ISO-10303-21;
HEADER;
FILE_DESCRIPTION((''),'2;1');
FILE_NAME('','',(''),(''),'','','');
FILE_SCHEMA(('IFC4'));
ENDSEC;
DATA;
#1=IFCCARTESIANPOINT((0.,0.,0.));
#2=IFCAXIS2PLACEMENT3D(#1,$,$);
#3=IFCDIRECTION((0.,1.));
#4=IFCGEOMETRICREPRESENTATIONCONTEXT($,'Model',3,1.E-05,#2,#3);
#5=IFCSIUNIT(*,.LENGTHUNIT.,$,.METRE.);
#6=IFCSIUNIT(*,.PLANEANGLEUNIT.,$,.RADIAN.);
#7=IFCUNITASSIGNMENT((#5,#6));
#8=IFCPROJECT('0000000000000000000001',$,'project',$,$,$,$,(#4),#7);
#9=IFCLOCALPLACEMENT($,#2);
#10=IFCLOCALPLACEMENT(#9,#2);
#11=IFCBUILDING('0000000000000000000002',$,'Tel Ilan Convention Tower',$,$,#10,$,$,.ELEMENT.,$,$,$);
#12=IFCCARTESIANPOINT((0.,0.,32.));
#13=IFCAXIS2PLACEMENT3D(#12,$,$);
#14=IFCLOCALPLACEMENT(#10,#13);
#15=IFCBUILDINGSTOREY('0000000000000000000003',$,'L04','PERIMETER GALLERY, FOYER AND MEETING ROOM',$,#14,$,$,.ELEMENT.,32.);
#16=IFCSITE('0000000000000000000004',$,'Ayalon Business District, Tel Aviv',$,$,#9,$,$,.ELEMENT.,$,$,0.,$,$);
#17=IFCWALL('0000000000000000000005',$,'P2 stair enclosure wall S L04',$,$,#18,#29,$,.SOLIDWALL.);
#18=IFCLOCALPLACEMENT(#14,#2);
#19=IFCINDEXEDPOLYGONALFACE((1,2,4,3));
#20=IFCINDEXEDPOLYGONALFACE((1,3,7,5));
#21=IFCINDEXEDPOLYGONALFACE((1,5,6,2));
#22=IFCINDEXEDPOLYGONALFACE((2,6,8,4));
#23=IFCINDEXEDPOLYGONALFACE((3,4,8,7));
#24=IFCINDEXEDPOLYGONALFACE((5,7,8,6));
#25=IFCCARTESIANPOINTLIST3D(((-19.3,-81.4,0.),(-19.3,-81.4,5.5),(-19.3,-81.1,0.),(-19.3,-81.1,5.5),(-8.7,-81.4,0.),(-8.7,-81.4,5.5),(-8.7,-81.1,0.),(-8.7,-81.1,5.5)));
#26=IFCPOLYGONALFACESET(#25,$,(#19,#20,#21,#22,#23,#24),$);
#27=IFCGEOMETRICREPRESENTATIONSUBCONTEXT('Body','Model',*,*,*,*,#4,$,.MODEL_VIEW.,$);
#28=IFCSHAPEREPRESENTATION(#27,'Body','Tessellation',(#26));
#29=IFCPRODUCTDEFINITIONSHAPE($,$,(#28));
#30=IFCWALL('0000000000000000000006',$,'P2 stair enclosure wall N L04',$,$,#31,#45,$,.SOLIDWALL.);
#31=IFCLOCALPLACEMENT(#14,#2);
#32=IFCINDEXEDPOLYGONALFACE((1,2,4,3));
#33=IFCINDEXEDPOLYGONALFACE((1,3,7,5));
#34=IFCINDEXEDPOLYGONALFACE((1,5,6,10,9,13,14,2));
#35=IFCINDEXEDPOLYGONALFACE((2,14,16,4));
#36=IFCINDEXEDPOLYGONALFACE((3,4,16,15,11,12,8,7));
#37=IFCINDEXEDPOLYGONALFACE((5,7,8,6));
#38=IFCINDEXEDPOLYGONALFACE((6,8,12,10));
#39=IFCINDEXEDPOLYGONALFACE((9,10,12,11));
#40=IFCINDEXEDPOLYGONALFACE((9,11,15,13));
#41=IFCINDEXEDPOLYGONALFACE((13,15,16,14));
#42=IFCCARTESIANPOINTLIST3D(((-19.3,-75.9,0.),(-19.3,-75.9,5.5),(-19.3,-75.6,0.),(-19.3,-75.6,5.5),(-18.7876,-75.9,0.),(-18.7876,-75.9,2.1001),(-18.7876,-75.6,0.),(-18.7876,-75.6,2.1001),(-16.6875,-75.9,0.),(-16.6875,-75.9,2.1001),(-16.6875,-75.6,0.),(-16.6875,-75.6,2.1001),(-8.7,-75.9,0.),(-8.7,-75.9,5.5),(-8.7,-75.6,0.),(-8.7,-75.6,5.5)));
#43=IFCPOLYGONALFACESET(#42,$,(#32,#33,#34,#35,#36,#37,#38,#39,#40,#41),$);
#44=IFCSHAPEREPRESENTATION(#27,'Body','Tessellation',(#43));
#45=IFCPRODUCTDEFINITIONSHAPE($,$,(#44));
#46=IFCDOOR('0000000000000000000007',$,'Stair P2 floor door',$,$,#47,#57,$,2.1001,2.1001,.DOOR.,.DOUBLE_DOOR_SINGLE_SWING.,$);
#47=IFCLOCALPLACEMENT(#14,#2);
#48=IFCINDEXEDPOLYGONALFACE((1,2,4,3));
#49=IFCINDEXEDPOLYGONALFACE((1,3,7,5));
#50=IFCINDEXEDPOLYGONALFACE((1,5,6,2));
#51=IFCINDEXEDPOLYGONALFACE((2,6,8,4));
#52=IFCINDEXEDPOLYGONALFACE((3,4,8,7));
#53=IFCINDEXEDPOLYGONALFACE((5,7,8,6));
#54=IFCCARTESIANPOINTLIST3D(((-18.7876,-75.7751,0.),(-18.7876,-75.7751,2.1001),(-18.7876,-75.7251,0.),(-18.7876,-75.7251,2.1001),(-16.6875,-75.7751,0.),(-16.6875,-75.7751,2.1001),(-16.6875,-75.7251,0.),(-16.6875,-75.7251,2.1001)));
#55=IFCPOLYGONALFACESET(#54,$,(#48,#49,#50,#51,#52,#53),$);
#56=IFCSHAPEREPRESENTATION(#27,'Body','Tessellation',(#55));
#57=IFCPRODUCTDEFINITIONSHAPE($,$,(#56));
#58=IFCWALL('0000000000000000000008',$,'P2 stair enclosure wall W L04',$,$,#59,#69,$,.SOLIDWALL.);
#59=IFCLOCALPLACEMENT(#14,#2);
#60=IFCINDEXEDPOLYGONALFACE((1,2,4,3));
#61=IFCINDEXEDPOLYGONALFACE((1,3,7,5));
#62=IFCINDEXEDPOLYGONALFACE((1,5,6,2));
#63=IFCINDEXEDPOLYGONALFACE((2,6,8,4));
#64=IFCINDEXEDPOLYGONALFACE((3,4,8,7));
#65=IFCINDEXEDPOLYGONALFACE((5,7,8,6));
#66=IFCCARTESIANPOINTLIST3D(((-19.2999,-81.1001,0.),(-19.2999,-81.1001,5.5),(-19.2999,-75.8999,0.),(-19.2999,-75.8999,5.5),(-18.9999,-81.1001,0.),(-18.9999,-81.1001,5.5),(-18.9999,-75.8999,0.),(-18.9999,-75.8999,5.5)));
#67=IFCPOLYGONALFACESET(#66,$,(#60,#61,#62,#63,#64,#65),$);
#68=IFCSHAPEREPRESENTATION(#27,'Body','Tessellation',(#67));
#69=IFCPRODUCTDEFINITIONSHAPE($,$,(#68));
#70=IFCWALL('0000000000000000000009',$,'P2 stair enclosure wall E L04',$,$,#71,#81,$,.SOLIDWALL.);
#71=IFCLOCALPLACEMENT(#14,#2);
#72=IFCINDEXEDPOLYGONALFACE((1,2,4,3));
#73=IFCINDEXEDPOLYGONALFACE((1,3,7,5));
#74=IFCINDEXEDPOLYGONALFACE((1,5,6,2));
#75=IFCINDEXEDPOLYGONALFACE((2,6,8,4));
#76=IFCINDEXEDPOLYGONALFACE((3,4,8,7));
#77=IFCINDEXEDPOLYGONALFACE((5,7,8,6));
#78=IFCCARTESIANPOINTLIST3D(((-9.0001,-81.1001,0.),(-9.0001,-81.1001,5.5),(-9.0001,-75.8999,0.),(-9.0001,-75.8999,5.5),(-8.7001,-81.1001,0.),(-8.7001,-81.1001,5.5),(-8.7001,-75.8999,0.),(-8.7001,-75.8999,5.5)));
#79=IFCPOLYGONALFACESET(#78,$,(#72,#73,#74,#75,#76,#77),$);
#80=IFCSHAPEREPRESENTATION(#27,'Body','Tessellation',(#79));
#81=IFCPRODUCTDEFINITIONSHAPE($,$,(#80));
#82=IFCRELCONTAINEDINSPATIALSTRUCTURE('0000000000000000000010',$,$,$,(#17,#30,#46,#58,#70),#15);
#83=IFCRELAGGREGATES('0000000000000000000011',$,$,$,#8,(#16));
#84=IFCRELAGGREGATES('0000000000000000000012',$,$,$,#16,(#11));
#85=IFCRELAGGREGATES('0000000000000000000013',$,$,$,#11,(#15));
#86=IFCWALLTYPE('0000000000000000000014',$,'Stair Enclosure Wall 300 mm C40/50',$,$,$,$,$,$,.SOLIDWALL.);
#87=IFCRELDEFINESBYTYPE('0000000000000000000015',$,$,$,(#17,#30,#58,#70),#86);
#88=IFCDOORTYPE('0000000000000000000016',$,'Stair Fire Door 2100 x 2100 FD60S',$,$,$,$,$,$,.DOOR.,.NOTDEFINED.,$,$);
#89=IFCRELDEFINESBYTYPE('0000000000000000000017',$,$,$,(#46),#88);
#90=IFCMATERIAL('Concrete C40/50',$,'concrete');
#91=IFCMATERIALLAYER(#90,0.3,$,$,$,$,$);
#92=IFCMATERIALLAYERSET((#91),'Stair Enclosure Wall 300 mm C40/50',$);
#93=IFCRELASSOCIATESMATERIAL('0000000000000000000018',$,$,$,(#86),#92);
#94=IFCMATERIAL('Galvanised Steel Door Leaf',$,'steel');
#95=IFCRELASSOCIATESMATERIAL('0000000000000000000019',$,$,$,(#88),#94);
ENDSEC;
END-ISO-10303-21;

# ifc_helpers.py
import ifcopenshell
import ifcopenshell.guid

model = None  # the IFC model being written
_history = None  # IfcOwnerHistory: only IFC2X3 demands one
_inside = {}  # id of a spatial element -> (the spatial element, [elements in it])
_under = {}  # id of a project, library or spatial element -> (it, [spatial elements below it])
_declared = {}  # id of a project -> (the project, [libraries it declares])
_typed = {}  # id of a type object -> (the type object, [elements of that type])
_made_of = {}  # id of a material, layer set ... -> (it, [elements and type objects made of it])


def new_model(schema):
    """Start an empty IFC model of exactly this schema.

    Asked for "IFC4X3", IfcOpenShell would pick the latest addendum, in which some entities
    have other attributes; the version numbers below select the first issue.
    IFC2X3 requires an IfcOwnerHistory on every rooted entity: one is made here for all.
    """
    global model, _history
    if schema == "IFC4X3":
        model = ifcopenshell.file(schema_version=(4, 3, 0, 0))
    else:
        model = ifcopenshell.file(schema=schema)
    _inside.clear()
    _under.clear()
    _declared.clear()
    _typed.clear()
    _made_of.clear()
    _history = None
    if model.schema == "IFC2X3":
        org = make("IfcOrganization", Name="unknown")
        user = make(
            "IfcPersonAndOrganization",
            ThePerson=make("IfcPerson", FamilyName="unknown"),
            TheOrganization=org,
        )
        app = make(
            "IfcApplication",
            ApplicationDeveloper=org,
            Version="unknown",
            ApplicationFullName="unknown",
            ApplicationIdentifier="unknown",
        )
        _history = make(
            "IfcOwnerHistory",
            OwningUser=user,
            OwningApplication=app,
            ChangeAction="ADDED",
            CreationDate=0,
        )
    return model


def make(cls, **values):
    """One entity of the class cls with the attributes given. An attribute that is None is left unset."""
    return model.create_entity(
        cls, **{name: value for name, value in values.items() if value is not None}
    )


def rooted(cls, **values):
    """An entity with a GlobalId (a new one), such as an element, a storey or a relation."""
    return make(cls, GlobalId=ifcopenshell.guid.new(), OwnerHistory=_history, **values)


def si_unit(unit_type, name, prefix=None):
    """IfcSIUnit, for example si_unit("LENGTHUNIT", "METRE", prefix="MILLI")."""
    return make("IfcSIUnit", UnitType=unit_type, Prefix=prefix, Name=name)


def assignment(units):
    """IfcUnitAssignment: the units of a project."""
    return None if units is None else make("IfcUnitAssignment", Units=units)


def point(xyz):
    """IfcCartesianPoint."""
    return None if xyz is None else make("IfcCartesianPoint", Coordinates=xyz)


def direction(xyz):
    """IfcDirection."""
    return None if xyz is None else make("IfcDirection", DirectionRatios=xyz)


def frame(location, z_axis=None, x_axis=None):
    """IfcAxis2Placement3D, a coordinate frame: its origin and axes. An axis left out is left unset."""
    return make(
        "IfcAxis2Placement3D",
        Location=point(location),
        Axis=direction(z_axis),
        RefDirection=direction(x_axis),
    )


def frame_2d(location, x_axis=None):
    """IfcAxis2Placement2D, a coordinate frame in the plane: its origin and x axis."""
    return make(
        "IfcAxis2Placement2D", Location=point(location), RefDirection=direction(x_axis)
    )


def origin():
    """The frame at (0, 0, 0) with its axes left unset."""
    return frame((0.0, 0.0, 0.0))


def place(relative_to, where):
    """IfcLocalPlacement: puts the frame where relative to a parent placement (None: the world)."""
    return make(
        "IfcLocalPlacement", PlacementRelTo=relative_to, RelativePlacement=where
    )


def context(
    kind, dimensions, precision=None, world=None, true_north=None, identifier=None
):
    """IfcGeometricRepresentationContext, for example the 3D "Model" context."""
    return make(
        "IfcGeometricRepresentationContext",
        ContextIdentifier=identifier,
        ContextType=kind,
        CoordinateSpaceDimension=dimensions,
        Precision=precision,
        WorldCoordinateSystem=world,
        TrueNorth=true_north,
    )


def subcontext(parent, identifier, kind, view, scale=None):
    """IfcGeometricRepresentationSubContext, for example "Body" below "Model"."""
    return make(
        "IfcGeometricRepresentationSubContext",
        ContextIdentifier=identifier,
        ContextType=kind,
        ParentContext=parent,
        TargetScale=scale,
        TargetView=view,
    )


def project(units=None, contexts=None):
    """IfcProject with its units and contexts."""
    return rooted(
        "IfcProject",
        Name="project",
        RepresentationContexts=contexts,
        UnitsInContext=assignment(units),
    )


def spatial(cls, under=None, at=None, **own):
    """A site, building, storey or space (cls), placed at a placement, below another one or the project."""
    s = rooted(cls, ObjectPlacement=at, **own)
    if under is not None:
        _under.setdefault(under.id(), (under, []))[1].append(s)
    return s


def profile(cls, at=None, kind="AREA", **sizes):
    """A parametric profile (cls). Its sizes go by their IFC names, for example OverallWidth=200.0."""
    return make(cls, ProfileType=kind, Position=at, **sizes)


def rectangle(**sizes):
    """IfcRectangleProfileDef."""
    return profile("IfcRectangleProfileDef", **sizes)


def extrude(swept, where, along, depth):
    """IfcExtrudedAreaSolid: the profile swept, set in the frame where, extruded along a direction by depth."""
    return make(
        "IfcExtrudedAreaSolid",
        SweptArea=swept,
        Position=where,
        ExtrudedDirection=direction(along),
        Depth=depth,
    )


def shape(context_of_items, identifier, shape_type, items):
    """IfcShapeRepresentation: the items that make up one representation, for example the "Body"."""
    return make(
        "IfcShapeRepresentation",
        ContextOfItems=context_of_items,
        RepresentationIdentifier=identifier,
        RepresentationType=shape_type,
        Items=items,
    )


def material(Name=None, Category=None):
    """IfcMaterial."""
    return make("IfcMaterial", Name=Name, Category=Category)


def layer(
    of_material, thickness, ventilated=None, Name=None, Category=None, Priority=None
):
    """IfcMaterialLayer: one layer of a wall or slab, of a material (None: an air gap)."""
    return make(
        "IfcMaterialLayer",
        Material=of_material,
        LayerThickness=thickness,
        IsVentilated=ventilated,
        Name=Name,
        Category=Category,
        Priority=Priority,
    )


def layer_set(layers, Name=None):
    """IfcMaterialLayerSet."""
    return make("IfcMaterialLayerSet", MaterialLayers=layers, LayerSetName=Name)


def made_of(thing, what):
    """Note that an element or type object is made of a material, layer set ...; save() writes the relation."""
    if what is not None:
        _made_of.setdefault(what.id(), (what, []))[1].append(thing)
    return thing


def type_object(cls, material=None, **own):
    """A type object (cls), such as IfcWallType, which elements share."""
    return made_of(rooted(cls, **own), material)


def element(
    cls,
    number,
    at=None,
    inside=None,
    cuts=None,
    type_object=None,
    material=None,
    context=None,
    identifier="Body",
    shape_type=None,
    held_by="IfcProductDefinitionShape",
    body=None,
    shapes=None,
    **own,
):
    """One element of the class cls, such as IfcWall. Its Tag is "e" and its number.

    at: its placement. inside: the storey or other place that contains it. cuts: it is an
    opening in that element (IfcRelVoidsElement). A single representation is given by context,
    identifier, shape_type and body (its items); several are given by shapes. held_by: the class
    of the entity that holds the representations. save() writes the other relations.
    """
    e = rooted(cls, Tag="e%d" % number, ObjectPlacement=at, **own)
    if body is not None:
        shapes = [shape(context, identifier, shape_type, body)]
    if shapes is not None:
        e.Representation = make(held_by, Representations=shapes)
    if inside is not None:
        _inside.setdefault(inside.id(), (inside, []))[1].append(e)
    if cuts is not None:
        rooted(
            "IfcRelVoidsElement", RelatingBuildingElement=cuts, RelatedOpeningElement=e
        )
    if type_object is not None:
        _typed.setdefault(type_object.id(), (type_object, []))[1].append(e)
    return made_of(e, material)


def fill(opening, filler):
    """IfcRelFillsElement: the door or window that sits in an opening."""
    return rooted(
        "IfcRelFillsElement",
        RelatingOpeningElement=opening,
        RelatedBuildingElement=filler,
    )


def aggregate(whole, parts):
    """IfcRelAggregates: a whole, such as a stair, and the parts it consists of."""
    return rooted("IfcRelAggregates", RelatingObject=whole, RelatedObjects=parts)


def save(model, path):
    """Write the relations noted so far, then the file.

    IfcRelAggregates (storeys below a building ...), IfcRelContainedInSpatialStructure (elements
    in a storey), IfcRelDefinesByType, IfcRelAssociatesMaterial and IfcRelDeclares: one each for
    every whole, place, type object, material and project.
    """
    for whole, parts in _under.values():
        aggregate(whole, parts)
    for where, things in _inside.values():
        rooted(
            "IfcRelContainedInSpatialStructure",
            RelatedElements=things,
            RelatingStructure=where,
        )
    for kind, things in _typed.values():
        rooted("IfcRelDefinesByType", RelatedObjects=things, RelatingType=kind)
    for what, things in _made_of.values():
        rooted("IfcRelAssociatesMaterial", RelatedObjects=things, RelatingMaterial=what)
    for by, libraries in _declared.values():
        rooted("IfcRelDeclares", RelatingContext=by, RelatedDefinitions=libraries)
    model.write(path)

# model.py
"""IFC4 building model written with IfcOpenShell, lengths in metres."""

from ifc_helpers import new_model, si_unit, direction, frame, frame_2d, origin, place, context, subcontext, project, spatial, rectangle, extrude, material, layer, layer_set, type_object, element, fill, save


model = new_model("IFC4")

# Units and contexts
model_context = context("Model", 3, precision=1e-05, world=origin(), true_north=direction((0.0, 1.0)))
body_context = subcontext(model_context, "Body", "Model", "MODEL_VIEW")
ifc_project = project(units=[si_unit("LENGTHUNIT", "METRE"), si_unit("PLANEANGLEUNIT", "RADIAN")], contexts=[model_context])

# Site, building, storey
site_placement = place(None, origin())
site = spatial("IfcSite", under=ifc_project, at=site_placement, Name="Ayalon Business District, Tel Aviv", CompositionType="ELEMENT", RefElevation=0.0)
building_placement = place(site_placement, origin())
building = spatial("IfcBuilding", under=site, at=building_placement, Name="Tel Ilan Convention Tower", CompositionType="ELEMENT")
storey_placement = place(building_placement, frame((0.0, 0.0, 32.0)))
storey = spatial("IfcBuildingStorey", under=building, at=storey_placement, Name="L04", Description="PERIMETER GALLERY, FOYER AND MEETING ROOM", CompositionType="ELEMENT", Elevation=32.0)

# Wall
ifc_material_1 = material(Name="Concrete C40/50", Category="concrete")
ifc_layer_1 = layer(ifc_material_1, 0.3)
ifc_layer_set_1 = layer_set([ifc_layer_1], Name="Stair Enclosure Wall 300 mm C40/50")
wall_type_1 = type_object("IfcWallType", Name="Stair Enclosure Wall 300 mm C40/50", PredefinedType="SOLIDWALL", material=ifc_layer_set_1)
wall_1_placement = place(storey_placement, frame((-19.3, -81.25, 0.0), z_axis=(0.0, 0.0, 1.0), x_axis=(1.0, 0.0, 0.0)))
element("IfcWall", 1, at=wall_1_placement, inside=storey, type_object=wall_type_1, Name="P2 stair enclosure wall S L04", PredefinedType="SOLIDWALL", context=body_context, shape_type="SweptSolid", body=[
    extrude(rectangle(XDim=10.6001, YDim=0.3, at=frame_2d((5.3, 0.0))), origin(), (0.0, 0.0, 1.0), 5.5),
])

# Wall, opening, door
wall_2_placement = place(storey_placement, frame((-19.3, -75.75, 0.0), z_axis=(0.0, 0.0, 1.0), x_axis=(1.0, 0.0, 0.0)))
wall_2 = element("IfcWall", 2, at=wall_2_placement, inside=storey, type_object=wall_type_1, Name="P2 stair enclosure wall N L04", PredefinedType="SOLIDWALL", context=body_context, shape_type="SweptSolid", body=[
    extrude(rectangle(XDim=10.6001, YDim=0.3, at=frame_2d((5.3, 0.0))), origin(), (0.0, 0.0, 1.0), 5.5),
])
opening_1_placement = place(wall_2_placement, frame((0.5125, 0.0, 0.0)))
opening_1 = element("IfcOpeningElement", 3, at=opening_1_placement, cuts=wall_2, PredefinedType="OPENING", context=body_context, shape_type="SweptSolid", body=[
    extrude(rectangle(XDim=2.1001, YDim=2.1001, at=frame_2d((1.05, 1.05))), frame((0.0, 0.1599, 0.0), z_axis=(0.0, -1.0, 0.0), x_axis=(1.0, 0.0, 0.0)), (0.0, 0.0, 1.0), 0.3201),
])
ifc_material_2 = material(Name="Galvanised Steel Door Leaf", Category="steel")
door_type_1 = type_object("IfcDoorType", Name="Stair Fire Door 2100 x 2100 FD60S", OperationType="NOTDEFINED", PredefinedType="DOOR", material=ifc_material_2)
door_1_placement = place(opening_1_placement, origin())
door_1 = element("IfcDoor", 4, at=door_1_placement, inside=storey, type_object=door_type_1, Name="Stair P2 floor door", OperationType="DOUBLE_DOOR_SINGLE_SWING", OverallHeight=2.1001, OverallWidth=2.1001, PredefinedType="DOOR", context=body_context, shape_type="SweptSolid", body=[
    extrude(rectangle(XDim=2.1001, YDim=2.1001, at=frame_2d((1.05, 1.05))), frame((0.0, 0.0249, 0.0), z_axis=(0.0, -1.0, 0.0), x_axis=(1.0, 0.0, 0.0)), (0.0, 0.0, 1.0), 0.05),
])
fill(opening_1, door_1)

# Walls
for number, where, z_axis, x_axis, name in (
    (5, (-19.1499, -81.1001, 0.0), (0.0, 0.0, 1.0), (0.0, 1.0, 0.0), "P2 stair enclosure wall W L04"),
    (6, (-8.8501, -81.1001, 0.0), (0.0, 0.0, 1.0), (0.0, 1.0, 0.0), "P2 stair enclosure wall E L04"),
):
    element("IfcWall", number, at=place(storey_placement, frame(where, z_axis=z_axis, x_axis=x_axis)), inside=storey, type_object=wall_type_1, Name=name, PredefinedType="SOLIDWALL", context=body_context, shape_type="SweptSolid", body=[
        extrude(rectangle(XDim=5.2002, YDim=0.3, at=frame_2d((2.6001, 0.0))), origin(), (0.0, 0.0, 1.0), 5.5),
    ])

save(model, "model.ifc")
